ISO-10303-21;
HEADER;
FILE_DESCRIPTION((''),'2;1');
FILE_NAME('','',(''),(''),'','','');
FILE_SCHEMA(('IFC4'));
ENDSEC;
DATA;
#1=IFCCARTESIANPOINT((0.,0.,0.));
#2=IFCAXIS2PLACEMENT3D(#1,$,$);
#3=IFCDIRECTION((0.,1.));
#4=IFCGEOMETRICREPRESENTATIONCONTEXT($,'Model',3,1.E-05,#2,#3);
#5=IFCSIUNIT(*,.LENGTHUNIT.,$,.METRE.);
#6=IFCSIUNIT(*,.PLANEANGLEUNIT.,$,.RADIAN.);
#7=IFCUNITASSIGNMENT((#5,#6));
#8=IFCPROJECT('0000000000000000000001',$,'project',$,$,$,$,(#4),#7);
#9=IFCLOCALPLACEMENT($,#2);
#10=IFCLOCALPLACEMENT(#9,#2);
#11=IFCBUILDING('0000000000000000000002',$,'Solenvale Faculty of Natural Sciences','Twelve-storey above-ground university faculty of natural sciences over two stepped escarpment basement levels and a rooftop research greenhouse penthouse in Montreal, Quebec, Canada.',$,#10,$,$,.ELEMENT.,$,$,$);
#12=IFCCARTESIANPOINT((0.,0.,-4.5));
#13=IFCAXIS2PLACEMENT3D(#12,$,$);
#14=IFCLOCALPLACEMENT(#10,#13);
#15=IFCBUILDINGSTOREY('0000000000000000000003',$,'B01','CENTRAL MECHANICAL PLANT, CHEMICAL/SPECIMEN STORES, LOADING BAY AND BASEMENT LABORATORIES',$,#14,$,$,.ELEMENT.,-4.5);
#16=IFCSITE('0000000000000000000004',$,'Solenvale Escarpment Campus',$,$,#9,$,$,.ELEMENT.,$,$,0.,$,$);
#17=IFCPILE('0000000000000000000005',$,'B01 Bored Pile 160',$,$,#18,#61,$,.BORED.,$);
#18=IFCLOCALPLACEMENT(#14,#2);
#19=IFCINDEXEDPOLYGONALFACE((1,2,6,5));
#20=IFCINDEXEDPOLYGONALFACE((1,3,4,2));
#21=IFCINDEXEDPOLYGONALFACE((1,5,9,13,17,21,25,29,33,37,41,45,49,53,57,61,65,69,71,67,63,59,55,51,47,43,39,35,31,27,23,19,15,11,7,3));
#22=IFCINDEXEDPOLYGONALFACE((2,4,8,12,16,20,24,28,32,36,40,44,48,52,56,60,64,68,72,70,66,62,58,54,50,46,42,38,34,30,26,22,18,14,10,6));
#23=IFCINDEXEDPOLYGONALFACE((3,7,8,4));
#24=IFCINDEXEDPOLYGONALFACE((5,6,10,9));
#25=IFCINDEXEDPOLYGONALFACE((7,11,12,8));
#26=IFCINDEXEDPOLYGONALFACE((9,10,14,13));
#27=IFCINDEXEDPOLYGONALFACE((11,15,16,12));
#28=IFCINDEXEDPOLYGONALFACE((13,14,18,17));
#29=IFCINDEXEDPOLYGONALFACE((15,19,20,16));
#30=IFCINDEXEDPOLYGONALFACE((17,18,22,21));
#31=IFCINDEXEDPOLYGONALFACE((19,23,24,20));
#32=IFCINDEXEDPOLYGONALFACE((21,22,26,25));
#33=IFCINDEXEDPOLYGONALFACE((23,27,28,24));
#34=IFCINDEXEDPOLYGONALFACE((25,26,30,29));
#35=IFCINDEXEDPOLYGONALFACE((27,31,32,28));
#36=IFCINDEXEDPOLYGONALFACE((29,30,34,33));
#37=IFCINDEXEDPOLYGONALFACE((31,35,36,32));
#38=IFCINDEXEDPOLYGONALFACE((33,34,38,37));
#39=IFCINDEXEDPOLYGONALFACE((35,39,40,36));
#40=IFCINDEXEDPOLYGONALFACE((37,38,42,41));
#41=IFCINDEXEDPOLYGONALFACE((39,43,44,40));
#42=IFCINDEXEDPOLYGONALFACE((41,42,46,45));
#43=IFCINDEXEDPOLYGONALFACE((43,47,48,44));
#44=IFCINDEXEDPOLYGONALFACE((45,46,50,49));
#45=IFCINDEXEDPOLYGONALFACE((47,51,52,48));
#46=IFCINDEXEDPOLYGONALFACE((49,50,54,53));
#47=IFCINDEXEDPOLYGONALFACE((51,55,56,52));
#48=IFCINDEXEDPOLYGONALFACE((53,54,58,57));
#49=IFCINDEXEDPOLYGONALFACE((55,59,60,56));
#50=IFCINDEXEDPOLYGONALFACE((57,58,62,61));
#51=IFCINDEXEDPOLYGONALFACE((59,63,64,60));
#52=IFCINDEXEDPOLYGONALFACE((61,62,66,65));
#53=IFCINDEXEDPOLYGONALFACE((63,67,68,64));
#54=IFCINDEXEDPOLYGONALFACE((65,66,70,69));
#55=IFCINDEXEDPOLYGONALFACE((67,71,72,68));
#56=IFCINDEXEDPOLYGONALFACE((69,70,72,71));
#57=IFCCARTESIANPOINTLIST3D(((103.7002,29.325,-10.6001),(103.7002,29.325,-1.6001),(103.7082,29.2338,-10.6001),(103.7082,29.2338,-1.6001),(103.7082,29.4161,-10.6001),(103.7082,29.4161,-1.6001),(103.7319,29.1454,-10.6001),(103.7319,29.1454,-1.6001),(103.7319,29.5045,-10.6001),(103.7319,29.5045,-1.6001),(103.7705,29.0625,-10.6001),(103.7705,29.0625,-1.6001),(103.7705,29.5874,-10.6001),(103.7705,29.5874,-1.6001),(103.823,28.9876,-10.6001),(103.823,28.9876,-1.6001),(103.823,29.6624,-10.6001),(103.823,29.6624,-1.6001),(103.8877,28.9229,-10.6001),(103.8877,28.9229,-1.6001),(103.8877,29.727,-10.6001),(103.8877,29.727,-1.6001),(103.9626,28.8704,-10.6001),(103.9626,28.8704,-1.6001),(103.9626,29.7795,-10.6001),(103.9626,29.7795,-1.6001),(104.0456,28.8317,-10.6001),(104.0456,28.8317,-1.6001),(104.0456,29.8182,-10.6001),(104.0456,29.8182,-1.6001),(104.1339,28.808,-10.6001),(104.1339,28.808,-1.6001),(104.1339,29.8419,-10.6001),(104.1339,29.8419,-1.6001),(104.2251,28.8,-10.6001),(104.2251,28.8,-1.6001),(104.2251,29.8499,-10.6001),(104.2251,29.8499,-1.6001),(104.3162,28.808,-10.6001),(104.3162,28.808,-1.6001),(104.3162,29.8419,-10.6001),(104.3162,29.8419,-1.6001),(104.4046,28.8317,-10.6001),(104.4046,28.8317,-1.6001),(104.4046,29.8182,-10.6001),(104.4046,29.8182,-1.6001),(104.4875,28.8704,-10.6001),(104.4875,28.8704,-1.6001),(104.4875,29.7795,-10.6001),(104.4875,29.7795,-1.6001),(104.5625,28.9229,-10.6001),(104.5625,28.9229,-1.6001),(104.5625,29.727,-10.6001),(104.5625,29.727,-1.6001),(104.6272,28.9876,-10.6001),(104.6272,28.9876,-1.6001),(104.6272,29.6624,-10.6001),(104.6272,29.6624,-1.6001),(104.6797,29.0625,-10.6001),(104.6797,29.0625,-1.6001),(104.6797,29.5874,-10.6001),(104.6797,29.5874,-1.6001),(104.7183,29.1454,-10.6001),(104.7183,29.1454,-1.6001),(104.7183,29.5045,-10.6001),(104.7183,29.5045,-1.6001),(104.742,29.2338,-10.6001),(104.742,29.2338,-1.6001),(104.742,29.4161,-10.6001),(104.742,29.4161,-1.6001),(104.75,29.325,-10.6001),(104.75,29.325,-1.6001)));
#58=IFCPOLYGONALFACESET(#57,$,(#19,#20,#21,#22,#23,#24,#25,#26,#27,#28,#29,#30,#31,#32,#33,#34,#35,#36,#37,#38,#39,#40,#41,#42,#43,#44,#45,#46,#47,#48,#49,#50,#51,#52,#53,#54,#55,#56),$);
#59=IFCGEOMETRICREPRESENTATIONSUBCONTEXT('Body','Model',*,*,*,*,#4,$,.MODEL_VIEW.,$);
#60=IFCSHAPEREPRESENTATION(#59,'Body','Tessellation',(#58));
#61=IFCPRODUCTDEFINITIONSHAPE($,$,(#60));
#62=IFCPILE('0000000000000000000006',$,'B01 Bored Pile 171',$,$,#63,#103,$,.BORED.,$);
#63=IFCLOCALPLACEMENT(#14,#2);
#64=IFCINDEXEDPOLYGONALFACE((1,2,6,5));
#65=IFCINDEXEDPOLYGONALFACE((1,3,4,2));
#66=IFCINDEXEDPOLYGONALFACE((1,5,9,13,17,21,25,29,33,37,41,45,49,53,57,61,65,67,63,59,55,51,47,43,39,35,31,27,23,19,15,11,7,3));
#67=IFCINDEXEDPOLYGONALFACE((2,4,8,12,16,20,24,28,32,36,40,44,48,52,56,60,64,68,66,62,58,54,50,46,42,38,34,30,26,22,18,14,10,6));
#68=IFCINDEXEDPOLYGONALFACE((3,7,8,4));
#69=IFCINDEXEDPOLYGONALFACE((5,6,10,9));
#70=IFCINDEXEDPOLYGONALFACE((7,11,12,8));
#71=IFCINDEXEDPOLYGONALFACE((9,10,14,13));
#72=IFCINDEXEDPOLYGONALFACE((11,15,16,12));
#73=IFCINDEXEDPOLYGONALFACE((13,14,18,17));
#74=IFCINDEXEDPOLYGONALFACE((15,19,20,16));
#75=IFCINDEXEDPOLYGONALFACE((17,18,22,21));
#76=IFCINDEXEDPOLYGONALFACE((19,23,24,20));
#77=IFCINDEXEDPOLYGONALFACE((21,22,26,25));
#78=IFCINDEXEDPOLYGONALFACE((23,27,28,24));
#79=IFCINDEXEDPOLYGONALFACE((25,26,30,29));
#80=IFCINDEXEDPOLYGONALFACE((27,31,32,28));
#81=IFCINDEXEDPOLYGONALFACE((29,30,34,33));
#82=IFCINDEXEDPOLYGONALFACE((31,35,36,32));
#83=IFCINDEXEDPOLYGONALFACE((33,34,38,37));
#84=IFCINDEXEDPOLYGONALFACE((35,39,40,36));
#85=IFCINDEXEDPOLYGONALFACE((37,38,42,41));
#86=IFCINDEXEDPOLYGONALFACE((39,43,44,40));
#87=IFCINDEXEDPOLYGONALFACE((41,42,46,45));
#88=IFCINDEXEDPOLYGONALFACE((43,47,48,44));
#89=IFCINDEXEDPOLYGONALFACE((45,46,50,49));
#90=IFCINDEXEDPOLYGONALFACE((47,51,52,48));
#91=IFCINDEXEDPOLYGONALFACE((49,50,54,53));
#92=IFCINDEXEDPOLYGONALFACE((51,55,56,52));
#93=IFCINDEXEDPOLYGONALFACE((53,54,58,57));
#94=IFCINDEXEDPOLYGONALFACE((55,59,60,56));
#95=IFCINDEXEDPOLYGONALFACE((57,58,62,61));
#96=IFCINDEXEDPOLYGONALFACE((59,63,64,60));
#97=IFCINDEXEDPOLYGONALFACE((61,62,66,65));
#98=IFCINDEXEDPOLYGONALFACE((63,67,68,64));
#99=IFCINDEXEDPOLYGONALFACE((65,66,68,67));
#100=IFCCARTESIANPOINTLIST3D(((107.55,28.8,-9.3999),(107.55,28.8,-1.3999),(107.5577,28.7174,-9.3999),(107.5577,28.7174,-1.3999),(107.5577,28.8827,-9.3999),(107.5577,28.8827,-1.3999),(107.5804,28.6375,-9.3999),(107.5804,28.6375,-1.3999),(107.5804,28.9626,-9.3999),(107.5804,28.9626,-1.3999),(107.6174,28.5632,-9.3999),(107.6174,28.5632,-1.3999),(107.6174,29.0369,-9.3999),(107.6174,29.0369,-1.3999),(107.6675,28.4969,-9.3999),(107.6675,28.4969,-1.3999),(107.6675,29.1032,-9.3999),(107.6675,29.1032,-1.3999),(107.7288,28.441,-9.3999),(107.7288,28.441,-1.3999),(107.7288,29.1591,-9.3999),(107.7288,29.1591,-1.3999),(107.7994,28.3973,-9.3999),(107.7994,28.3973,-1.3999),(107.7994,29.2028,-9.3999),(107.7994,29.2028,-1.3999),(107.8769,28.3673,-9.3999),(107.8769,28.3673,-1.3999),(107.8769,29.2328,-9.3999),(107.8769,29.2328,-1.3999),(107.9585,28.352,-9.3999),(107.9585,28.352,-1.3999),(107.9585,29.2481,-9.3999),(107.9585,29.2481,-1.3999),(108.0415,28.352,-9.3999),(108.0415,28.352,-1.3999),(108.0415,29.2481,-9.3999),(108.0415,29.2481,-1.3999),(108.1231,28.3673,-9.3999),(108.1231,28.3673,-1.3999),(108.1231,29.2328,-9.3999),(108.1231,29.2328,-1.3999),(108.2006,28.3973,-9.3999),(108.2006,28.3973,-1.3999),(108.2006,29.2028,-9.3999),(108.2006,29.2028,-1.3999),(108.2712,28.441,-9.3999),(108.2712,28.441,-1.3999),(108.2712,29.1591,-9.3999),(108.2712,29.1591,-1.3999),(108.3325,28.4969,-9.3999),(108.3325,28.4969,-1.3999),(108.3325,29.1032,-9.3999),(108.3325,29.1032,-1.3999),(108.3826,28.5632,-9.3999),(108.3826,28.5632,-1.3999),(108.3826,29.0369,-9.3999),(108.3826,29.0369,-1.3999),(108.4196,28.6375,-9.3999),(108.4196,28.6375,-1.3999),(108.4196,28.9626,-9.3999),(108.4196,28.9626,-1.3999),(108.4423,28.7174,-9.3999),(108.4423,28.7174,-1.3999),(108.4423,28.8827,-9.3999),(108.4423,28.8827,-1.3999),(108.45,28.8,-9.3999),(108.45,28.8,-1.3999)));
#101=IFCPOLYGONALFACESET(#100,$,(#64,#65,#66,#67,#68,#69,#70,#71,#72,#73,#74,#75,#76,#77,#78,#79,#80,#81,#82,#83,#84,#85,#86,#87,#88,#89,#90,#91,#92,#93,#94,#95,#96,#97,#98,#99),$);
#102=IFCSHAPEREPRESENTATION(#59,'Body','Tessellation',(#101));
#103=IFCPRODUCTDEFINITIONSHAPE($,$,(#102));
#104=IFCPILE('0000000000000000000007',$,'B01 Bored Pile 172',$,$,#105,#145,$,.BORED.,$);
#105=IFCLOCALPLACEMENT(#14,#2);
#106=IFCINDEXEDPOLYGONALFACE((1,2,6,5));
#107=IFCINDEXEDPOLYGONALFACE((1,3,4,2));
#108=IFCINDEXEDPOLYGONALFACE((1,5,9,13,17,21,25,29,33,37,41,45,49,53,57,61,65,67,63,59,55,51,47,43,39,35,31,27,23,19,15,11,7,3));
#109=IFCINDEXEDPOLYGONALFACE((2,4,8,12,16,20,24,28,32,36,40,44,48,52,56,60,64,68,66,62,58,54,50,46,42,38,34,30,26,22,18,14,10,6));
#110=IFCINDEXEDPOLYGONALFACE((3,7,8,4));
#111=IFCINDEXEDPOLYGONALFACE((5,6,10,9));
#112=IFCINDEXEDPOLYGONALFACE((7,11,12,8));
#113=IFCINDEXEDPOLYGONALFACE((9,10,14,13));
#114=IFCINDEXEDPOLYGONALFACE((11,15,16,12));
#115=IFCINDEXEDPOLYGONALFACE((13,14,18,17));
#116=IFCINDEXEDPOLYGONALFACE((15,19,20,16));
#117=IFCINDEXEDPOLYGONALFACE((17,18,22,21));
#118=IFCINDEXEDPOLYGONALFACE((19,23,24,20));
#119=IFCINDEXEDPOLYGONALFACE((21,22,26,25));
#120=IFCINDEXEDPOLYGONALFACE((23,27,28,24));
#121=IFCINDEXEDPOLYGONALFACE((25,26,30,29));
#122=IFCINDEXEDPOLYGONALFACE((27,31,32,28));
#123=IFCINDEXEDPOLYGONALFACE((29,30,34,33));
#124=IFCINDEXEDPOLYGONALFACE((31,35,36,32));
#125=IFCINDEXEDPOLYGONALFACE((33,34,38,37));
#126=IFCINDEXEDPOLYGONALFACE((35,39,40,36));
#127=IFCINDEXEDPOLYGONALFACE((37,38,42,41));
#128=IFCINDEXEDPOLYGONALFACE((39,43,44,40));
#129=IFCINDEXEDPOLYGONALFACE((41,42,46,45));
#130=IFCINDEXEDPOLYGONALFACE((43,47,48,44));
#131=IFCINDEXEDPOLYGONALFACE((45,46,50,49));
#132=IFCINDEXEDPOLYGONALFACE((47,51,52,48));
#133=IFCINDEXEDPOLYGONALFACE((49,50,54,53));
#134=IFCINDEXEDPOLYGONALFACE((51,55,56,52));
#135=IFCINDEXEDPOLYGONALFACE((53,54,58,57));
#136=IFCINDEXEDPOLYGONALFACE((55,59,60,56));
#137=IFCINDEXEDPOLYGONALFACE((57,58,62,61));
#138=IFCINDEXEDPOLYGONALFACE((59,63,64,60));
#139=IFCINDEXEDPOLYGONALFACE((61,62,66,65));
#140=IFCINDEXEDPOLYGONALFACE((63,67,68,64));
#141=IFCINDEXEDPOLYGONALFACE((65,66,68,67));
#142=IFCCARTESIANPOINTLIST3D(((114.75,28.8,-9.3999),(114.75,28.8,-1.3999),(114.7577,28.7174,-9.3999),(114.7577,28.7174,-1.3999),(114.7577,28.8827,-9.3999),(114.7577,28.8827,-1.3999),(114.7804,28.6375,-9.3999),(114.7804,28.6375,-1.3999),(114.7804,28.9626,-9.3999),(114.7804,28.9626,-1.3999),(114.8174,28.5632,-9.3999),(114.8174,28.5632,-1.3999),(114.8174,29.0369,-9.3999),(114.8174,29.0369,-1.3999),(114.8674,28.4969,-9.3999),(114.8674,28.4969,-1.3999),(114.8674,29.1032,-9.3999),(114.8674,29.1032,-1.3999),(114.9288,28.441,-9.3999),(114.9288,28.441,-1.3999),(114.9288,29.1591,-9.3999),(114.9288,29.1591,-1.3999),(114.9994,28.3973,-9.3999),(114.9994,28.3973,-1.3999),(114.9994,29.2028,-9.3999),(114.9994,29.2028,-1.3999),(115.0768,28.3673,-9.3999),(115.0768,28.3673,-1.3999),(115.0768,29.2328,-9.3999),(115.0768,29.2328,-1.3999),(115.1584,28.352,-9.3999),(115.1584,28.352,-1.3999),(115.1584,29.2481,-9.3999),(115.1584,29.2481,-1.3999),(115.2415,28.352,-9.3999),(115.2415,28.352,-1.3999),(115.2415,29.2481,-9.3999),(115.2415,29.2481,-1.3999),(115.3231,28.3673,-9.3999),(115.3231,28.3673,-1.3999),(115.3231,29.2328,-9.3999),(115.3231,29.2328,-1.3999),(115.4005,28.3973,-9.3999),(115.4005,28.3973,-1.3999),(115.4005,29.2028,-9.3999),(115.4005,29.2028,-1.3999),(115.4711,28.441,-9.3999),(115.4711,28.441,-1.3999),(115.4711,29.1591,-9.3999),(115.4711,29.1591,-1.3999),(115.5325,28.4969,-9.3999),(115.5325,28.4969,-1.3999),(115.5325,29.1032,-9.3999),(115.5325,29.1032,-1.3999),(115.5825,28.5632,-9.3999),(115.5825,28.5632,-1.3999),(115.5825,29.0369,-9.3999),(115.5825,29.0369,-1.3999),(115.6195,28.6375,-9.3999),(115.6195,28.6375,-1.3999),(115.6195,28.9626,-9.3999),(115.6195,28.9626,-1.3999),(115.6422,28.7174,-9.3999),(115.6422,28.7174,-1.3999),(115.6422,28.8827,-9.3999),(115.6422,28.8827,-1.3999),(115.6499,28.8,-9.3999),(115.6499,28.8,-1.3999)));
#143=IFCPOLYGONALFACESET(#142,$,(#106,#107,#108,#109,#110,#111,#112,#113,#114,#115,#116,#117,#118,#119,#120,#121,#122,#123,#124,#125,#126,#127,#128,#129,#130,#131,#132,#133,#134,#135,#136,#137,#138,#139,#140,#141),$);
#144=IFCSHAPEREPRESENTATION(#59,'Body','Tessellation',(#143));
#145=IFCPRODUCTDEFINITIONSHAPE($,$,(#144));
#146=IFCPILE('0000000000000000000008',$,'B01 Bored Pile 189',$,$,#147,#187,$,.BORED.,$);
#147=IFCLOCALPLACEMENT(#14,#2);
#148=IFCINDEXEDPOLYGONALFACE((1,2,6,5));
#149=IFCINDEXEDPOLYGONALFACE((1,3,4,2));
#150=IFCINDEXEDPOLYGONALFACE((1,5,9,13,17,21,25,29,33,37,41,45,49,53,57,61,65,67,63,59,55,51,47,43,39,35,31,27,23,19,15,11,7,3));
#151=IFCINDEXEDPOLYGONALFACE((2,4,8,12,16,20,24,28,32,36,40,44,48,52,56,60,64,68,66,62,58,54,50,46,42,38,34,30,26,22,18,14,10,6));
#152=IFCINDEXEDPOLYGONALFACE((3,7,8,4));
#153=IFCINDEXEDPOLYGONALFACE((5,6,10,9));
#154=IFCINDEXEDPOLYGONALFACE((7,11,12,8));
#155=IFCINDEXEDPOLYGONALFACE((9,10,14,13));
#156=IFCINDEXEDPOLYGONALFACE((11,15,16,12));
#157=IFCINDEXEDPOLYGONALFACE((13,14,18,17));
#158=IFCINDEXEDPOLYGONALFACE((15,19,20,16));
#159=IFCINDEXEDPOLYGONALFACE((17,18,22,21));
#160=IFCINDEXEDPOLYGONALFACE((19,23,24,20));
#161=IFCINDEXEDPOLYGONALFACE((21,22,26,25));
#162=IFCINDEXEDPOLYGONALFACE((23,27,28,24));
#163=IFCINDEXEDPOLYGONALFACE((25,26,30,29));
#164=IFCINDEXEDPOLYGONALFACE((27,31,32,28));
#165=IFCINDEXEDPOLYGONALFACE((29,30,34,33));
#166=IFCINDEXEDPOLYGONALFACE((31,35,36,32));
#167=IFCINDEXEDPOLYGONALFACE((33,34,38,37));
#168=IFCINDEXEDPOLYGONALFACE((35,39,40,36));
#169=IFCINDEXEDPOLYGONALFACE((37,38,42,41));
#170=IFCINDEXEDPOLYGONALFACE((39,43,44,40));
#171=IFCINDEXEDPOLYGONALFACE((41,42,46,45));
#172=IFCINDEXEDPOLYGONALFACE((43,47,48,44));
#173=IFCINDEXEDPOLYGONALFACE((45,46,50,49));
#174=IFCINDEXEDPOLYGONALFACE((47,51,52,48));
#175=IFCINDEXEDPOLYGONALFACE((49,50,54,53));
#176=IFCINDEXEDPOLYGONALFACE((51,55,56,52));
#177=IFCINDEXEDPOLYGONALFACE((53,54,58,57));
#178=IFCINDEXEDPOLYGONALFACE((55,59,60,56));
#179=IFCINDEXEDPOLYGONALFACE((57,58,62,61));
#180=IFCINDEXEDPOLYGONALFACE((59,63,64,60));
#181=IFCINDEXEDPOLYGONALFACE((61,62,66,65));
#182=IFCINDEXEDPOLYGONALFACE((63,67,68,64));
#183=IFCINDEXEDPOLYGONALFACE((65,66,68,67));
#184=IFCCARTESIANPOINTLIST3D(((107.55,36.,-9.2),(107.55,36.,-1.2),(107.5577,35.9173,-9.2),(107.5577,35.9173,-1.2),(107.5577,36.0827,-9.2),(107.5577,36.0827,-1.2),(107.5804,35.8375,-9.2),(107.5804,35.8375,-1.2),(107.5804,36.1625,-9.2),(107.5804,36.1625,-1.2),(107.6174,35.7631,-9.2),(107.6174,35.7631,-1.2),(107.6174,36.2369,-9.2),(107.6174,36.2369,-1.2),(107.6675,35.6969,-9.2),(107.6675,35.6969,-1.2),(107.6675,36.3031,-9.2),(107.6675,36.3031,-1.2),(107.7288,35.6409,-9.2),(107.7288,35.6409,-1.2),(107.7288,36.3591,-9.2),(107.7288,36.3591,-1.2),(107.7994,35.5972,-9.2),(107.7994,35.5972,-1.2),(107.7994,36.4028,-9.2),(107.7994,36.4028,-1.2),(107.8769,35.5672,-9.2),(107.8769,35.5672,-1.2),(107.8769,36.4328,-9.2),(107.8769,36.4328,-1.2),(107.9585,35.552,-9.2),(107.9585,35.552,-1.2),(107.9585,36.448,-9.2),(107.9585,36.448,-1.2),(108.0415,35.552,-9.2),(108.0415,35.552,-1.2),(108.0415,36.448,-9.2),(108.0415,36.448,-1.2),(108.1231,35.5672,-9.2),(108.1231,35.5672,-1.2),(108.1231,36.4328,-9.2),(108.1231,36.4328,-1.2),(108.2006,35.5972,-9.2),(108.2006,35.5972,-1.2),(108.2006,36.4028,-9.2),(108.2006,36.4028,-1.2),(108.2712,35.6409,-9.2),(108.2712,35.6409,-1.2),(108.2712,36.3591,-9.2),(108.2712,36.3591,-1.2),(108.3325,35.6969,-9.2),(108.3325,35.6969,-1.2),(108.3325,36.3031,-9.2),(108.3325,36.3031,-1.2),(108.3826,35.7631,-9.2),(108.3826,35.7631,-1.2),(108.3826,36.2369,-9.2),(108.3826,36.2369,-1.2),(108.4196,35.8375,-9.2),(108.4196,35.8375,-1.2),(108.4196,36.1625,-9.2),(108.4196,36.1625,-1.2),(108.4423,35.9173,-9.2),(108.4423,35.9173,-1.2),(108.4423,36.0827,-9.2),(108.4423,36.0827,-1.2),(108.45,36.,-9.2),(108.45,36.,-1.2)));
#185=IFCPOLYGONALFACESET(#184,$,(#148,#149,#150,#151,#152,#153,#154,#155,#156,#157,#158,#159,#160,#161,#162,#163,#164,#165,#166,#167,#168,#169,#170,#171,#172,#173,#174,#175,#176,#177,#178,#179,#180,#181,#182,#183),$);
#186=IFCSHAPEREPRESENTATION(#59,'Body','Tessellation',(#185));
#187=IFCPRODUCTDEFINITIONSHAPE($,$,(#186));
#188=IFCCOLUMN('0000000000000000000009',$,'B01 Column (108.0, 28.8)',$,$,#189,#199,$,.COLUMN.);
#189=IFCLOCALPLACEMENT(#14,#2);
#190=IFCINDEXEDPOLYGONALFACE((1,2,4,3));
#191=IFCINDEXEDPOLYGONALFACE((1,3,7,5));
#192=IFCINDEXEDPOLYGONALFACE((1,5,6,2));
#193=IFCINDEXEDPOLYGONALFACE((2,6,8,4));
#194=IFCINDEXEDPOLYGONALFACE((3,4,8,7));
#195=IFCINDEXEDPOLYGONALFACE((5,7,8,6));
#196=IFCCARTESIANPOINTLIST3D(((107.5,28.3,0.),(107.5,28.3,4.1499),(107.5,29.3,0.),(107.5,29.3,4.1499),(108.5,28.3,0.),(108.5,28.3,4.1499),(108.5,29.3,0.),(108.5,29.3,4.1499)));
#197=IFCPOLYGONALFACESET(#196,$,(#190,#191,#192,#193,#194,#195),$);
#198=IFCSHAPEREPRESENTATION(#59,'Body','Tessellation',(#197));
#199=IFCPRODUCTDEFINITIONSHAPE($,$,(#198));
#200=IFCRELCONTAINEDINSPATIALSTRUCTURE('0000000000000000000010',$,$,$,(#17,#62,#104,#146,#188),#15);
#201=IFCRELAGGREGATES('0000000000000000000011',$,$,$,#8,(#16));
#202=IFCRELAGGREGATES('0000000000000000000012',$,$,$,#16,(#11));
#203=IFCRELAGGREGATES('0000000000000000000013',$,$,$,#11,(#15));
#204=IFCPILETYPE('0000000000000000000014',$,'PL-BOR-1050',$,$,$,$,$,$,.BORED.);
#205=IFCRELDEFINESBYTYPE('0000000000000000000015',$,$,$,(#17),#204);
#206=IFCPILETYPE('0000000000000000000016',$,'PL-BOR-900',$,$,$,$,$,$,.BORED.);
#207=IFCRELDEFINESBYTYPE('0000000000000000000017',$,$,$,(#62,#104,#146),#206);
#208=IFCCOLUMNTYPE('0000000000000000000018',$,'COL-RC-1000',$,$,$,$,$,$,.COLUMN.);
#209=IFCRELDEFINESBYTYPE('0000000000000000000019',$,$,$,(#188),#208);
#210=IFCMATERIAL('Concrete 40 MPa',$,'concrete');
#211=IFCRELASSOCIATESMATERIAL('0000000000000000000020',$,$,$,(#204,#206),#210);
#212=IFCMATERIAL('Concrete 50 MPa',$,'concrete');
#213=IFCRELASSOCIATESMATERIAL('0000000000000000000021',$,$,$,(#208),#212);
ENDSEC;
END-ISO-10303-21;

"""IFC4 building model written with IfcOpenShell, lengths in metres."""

from ifc_helpers import new_model, si_unit, direction, frame, origin, origin_2d, place, context, subcontext, project, spatial, rectangle, circle, extrude, material, material_profile, profile_set, type_object, element, save


model = new_model("IFC4")

# Units and contexts
model_context = context("Model", 3, precision=1e-05, world=origin(), true_north=direction((0.0, 1.0)))
body_context = subcontext(model_context, "Body", "Model", "MODEL_VIEW")
ifc_project = project(units=[si_unit("LENGTHUNIT", "METRE"), si_unit("PLANEANGLEUNIT", "RADIAN")], contexts=[model_context])

# Site, building, storey
site_placement = place(None, origin())
site = spatial("IfcSite", under=ifc_project, at=site_placement, Name="Solenvale Escarpment Campus", CompositionType="ELEMENT", RefElevation=0.0)
building_placement = place(site_placement, origin())
building = spatial("IfcBuilding", under=site, at=building_placement, Name="Solenvale Faculty of Natural Sciences", Description="Twelve-storey above-ground university faculty of natural sciences over two stepped escarpment basement levels and a rooftop research greenhouse penthouse in Montreal, Quebec, Canada.", CompositionType="ELEMENT")
storey_placement = place(building_placement, frame((0.0, 0.0, -4.5)))
storey = spatial("IfcBuildingStorey", under=building, at=storey_placement, Name="B01", Description="CENTRAL MECHANICAL PLANT, CHEMICAL/SPECIMEN STORES, LOADING BAY AND BASEMENT LABORATORIES", CompositionType="ELEMENT", Elevation=-4.5)

# Shared definitions
ifc_material_1 = material(Name="Concrete 40 MPa", Category="concrete")

# Piles
ifc_material_profile_1 = material_profile(ifc_material_1, circle(Radius=0.5249, at=origin_2d()), Name="PILE-D1050")
ifc_profile_set_1 = profile_set([ifc_material_profile_1], Name="Concrete 40 MPa")
pile_type_1 = type_object("IfcPileType", Name="PL-BOR-1050", PredefinedType="BORED", material=ifc_profile_set_1)
for number, where, z_axis, x_axis, name in (
    (1, (104.2251, 29.325, -1.6001), (0.0, 0.0, -1.0), (1.0, 0.0, 0.0), "B01 Bored Pile 160"),
):
    element("IfcPile", number, at=place(storey_placement, frame(where, z_axis=z_axis, x_axis=x_axis)), inside=storey, type_object=pile_type_1, Name=name, PredefinedType="BORED", context=body_context, shape_type="SweptSolid", body=[
        extrude(circle(Radius=0.5249, at=origin_2d()), origin(), (0.0, 0.0, 1.0), 9.0),
    ])
ifc_material_profile_2 = material_profile(ifc_material_1, circle(Radius=0.45, at=origin_2d()), Name="PILE-D900")
ifc_profile_set_2 = profile_set([ifc_material_profile_2], Name="Concrete 40 MPa")
pile_type_2 = type_object("IfcPileType", Name="PL-BOR-900", PredefinedType="BORED", material=ifc_profile_set_2)
for number, where, z_axis, x_axis, name in (
    (2, (108.0, 28.8, -1.3999), (0.0, 0.0, -1.0), (1.0, 0.0, 0.0), "B01 Bored Pile 171"),
    (3, (115.2, 28.8, -1.3999), (0.0, 0.0, -1.0), (1.0, 0.0, 0.0), "B01 Bored Pile 172"),
    (4, (108.0, 36.0, -1.2), (0.0, 0.0, -1.0), (1.0, 0.0, 0.0), "B01 Bored Pile 189"),
):
    element("IfcPile", number, at=place(storey_placement, frame(where, z_axis=z_axis, x_axis=x_axis)), inside=storey, type_object=pile_type_2, Name=name, PredefinedType="BORED", context=body_context, shape_type="SweptSolid", body=[
        extrude(circle(Radius=0.45, at=origin_2d()), origin(), (0.0, 0.0, 1.0), 8.0),
    ])

# Column
ifc_material_2 = material(Name="Concrete 50 MPa", Category="concrete")
ifc_material_profile_3 = material_profile(ifc_material_2, rectangle(XDim=1.0, YDim=1.0, at=origin_2d()), Name="RC-COL-1000x1000")
ifc_profile_set_3 = profile_set([ifc_material_profile_3], Name="Concrete 50 MPa")
column_type = type_object("IfcColumnType", Name="COL-RC-1000", PredefinedType="COLUMN", material=ifc_profile_set_3)
for number, where, z_axis, x_axis, name in (
    (5, (108.0, 28.8, 0.0), (0.0, 0.0, 1.0), (1.0, 0.0, 0.0), "B01 Column (108.0, 28.8)"),
):
    element("IfcColumn", number, at=place(storey_placement, frame(where, z_axis=z_axis, x_axis=x_axis)), inside=storey, type_object=column_type, Name=name, PredefinedType="COLUMN", context=body_context, shape_type="SweptSolid", body=[
        extrude(rectangle(XDim=1.0, YDim=1.0, at=origin_2d()), origin(), (0.0, 0.0, 1.0), 4.1499),
    ])

save(model, "model.ifc")
